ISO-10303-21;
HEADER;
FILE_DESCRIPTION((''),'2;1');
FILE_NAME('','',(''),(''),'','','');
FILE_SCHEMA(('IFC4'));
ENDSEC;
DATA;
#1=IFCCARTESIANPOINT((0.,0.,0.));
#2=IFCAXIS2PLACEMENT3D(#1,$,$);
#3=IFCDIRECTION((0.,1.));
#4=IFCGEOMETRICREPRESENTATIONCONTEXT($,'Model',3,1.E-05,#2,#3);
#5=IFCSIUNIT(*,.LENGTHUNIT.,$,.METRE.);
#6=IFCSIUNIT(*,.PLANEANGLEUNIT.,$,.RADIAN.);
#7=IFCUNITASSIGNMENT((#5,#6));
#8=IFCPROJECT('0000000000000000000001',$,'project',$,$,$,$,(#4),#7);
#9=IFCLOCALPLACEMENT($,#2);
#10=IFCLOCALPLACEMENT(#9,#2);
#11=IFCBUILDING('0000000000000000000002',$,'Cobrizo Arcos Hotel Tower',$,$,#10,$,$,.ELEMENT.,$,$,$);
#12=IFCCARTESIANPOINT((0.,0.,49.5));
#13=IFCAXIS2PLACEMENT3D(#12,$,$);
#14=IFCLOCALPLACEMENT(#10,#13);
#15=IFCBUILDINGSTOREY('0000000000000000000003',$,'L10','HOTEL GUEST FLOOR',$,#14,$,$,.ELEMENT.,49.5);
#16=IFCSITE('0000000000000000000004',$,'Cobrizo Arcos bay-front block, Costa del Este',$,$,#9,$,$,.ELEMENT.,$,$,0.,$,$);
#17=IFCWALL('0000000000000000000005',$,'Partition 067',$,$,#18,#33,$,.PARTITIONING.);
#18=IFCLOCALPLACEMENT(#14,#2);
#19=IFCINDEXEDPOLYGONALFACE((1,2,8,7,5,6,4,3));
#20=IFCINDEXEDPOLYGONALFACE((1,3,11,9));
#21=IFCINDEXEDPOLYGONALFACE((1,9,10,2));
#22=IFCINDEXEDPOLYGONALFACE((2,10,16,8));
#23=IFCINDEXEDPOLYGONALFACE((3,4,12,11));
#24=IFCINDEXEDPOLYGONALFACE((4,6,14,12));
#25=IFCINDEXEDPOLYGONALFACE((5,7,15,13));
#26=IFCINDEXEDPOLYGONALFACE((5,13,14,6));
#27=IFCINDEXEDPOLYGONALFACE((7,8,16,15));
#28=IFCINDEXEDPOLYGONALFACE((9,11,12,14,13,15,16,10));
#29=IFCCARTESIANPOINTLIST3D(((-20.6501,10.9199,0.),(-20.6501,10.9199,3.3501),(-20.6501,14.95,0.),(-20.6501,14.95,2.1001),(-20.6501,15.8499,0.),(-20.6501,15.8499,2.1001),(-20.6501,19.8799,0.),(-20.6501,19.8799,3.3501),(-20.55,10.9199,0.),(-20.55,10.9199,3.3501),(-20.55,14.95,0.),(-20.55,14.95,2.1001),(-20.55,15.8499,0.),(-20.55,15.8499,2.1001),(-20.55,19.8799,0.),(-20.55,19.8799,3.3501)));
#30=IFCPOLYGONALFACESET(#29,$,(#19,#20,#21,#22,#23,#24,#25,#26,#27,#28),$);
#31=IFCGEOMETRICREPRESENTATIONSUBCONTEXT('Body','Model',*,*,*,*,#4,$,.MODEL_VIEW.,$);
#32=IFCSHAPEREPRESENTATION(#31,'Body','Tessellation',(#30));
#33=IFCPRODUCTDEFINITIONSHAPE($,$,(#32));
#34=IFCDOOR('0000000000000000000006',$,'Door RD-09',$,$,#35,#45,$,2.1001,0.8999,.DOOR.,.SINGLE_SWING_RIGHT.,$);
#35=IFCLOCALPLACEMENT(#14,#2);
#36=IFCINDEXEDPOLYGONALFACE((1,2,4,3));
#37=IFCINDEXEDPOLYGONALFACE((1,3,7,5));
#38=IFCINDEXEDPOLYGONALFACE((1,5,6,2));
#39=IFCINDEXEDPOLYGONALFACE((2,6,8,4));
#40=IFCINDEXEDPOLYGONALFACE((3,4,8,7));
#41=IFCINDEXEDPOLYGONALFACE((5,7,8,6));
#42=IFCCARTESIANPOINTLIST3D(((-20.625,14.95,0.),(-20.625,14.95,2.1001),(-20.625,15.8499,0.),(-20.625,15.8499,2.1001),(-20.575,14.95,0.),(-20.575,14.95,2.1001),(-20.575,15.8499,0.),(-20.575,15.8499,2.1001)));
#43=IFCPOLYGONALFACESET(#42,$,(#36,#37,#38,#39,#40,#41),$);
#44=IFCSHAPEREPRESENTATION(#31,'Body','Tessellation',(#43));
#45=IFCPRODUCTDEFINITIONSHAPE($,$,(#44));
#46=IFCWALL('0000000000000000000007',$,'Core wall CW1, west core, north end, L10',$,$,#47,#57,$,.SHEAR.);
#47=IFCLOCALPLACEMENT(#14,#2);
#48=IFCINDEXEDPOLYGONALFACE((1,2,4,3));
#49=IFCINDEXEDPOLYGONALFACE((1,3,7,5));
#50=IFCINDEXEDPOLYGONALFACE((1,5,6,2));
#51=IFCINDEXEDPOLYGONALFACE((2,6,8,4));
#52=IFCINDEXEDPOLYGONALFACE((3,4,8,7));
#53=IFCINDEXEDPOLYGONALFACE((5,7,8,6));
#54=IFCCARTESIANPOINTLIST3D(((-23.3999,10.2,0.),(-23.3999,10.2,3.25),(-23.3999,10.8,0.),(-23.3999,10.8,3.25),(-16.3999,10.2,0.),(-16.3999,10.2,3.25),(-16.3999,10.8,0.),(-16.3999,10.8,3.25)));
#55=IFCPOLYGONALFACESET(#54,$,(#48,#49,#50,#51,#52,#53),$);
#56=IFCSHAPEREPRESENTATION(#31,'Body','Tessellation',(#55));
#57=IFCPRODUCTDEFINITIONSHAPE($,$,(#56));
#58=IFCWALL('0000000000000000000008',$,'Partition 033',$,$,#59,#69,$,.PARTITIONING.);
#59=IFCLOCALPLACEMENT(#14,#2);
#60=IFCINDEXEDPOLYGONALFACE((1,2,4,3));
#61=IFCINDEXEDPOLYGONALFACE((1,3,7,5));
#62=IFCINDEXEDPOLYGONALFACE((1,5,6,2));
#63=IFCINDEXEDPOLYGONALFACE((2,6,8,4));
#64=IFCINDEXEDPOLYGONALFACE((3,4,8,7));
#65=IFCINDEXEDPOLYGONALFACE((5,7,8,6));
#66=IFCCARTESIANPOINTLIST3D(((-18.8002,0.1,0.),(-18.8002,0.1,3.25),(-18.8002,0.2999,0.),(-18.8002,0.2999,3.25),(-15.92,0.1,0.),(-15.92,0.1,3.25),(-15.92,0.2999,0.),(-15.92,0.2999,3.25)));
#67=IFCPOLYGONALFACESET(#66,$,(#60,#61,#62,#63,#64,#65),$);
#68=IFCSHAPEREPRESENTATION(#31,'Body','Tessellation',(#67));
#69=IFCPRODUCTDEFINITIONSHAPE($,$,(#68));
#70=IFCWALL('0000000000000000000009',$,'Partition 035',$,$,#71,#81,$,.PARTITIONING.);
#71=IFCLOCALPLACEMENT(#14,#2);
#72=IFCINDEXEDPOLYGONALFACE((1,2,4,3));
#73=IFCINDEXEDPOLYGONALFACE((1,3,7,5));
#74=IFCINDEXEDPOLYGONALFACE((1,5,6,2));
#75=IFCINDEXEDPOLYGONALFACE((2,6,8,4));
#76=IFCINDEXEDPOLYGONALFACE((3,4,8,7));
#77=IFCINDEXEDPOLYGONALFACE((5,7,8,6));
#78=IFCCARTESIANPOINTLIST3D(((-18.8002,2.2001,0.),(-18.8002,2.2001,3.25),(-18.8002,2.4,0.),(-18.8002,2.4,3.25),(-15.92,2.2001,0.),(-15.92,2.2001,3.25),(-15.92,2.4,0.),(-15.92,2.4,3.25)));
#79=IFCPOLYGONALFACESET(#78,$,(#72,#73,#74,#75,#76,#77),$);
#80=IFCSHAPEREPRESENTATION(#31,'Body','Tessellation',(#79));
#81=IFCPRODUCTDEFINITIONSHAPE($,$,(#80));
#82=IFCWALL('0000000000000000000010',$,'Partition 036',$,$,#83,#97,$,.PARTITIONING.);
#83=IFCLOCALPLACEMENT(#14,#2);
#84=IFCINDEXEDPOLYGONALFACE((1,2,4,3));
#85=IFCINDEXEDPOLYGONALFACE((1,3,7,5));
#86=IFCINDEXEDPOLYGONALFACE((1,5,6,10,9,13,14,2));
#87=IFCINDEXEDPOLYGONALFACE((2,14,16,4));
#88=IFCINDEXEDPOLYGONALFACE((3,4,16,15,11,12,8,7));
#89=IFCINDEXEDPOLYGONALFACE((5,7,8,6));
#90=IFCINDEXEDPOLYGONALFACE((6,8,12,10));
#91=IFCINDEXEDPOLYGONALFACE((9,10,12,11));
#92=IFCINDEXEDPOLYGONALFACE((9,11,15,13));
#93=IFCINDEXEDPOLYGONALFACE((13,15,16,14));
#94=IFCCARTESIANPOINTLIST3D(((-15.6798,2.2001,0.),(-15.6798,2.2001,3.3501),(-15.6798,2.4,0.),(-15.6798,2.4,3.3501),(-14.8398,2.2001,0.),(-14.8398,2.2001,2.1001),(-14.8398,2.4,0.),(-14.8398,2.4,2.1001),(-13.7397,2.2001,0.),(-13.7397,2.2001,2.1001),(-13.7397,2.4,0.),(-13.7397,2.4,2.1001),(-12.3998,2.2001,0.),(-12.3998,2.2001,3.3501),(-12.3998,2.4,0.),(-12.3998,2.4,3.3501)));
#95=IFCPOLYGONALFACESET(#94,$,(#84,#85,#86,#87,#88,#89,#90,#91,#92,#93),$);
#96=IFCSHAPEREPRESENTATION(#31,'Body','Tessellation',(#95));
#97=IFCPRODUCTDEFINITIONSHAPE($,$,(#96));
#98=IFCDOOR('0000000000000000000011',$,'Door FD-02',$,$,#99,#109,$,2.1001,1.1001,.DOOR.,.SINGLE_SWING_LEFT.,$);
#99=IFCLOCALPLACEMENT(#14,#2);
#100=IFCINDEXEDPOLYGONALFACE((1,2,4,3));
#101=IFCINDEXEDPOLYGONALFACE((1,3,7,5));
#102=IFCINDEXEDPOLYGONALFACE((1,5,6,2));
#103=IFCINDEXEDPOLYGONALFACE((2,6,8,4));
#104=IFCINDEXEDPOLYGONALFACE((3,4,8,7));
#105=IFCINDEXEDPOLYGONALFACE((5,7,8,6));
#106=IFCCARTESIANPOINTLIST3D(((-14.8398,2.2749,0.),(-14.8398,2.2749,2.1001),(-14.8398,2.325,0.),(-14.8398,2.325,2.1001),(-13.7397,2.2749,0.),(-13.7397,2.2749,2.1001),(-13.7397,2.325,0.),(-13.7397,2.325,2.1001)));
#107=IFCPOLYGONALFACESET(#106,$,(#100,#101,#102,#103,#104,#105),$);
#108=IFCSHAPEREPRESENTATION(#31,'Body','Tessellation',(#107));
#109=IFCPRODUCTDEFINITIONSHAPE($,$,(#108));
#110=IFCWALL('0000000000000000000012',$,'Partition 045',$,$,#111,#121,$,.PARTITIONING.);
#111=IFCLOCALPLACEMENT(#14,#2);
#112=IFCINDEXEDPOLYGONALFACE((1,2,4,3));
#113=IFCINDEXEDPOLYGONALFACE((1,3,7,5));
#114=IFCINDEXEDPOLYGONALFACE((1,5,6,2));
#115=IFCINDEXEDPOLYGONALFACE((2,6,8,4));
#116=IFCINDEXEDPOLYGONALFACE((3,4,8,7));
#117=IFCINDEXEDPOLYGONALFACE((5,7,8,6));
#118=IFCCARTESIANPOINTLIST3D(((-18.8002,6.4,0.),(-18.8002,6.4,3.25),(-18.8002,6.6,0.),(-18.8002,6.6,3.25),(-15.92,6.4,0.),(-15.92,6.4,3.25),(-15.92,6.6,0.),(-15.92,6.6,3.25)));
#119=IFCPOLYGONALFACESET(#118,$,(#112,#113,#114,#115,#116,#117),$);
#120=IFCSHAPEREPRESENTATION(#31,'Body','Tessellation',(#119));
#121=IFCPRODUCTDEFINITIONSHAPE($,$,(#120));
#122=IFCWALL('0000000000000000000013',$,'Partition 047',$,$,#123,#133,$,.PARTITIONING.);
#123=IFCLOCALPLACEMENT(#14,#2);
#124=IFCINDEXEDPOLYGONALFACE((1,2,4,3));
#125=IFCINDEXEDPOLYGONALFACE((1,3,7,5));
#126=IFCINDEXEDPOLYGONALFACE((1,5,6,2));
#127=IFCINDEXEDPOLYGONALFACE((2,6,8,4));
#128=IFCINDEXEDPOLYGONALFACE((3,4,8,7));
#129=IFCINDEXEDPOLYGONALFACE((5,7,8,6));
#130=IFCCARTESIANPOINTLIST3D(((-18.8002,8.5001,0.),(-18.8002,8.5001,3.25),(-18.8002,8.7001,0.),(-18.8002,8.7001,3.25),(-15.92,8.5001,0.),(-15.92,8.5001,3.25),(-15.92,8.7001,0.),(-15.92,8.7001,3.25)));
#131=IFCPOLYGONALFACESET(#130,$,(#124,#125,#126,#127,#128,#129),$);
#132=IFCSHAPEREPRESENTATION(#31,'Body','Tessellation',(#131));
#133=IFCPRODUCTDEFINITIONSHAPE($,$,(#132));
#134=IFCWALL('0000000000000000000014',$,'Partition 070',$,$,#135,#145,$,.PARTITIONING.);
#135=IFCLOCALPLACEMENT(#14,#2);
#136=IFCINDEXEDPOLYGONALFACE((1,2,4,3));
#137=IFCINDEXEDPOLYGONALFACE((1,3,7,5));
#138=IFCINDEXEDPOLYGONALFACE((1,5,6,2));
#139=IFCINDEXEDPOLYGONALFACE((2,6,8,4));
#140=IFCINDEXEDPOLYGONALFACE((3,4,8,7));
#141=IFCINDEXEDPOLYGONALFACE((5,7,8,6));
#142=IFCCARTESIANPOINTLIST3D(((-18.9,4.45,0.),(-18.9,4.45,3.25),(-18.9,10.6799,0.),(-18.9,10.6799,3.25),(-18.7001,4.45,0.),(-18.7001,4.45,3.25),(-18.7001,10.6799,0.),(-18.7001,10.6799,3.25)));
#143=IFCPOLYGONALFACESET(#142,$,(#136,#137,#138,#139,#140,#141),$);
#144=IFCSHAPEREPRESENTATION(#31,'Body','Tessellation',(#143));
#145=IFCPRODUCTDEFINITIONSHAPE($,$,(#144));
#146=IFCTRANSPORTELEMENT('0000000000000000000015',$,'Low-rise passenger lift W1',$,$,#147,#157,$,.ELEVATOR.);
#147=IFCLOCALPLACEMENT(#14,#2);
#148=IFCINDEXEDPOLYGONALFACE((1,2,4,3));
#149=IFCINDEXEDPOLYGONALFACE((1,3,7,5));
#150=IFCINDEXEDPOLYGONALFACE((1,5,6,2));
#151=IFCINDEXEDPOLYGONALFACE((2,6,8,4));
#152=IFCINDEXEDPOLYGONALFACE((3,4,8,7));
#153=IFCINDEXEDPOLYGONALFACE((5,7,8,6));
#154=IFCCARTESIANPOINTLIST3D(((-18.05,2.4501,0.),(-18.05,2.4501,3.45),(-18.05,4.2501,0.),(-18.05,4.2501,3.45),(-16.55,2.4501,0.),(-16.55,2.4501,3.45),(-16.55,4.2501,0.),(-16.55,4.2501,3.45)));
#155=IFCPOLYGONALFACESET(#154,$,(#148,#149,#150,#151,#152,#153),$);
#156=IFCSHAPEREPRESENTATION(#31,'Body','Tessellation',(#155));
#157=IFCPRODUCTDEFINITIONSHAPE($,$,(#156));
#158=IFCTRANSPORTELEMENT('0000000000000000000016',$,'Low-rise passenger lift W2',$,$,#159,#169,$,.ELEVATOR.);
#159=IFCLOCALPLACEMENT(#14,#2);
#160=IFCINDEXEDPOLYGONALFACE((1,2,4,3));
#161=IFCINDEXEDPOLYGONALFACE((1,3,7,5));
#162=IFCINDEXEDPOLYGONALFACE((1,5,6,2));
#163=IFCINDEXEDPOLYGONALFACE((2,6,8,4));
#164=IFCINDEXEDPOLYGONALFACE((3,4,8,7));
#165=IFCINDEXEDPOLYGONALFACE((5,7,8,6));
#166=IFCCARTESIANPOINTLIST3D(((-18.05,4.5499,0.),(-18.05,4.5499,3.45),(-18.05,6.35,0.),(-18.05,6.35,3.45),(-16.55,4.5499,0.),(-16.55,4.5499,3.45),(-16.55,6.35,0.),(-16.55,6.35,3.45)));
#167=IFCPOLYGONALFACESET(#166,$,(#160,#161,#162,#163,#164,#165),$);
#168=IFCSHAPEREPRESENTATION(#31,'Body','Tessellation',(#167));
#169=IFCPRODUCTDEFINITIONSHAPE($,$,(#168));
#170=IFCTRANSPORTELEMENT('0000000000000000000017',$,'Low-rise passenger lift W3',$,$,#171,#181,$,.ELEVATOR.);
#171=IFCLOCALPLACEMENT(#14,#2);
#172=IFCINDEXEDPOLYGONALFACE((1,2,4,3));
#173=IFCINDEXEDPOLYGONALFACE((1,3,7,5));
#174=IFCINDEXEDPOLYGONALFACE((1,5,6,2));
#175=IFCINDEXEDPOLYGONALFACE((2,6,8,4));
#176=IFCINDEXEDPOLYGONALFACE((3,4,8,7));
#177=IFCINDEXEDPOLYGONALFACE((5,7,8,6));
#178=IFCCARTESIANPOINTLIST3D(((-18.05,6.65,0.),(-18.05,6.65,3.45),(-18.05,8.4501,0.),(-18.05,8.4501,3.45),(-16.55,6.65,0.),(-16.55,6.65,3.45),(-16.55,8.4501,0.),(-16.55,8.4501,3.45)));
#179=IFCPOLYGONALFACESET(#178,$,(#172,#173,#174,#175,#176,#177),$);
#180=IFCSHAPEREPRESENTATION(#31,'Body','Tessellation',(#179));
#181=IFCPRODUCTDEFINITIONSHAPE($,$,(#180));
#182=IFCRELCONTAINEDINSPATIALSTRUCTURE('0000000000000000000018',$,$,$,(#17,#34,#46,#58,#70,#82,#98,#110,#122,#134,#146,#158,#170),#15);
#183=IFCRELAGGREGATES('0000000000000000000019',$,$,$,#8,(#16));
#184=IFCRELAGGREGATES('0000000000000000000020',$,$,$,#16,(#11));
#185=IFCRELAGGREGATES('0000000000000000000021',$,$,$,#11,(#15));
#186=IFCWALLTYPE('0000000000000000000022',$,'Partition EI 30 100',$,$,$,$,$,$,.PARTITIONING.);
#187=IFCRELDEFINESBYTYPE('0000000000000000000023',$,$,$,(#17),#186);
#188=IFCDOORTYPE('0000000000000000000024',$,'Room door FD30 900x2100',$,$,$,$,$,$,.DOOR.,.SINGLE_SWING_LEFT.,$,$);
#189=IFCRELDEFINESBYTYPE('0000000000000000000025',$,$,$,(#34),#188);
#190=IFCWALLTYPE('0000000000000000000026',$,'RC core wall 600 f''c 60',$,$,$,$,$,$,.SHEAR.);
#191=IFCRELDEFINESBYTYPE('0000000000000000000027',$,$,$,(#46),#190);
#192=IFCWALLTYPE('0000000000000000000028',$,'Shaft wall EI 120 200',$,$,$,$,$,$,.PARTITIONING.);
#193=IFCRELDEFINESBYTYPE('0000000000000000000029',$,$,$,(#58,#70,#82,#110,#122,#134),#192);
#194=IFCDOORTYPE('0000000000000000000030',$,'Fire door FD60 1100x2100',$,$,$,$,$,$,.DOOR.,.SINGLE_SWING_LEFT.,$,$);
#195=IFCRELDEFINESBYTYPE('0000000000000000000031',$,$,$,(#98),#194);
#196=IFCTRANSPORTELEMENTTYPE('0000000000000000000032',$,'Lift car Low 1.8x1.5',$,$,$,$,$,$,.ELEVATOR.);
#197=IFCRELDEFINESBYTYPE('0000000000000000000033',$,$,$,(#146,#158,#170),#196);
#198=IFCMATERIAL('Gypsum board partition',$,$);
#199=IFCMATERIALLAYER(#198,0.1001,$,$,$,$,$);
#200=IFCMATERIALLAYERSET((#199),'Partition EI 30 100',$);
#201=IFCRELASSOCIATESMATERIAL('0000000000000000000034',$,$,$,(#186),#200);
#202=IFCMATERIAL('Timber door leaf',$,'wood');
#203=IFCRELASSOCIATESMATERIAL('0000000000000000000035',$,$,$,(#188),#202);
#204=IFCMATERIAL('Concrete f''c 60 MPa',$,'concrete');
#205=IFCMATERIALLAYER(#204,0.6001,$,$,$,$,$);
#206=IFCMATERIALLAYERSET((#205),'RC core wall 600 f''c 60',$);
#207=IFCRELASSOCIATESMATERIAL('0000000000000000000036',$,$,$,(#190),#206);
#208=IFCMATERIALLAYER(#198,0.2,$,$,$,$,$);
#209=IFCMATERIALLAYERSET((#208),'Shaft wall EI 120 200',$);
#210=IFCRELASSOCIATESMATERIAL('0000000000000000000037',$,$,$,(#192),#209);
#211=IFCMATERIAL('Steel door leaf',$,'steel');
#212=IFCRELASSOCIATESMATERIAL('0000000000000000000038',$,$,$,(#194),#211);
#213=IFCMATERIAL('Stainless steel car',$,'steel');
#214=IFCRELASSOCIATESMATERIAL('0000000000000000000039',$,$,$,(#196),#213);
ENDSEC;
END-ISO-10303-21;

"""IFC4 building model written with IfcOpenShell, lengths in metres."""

from ifc_helpers import new_model, si_unit, direction, frame, frame_2d, origin, origin_2d, place, context, subcontext, project, spatial, rectangle, extrude, material, layer, layer_set, type_object, element, fill, save


model = new_model("IFC4")

# Units and contexts
model_context = context("Model", 3, precision=1e-05, world=origin(), true_north=direction((0.0, 1.0)))
body_context = subcontext(model_context, "Body", "Model", "MODEL_VIEW")
ifc_project = project(units=[si_unit("LENGTHUNIT", "METRE"), si_unit("PLANEANGLEUNIT", "RADIAN")], contexts=[model_context])

# Site, building, storey
site_placement = place(None, origin())
site = spatial("IfcSite", under=ifc_project, at=site_placement, Name="Cobrizo Arcos bay-front block, Costa del Este", CompositionType="ELEMENT", RefElevation=0.0)
building_placement = place(site_placement, origin())
building = spatial("IfcBuilding", under=site, at=building_placement, Name="Cobrizo Arcos Hotel Tower", CompositionType="ELEMENT")
storey_placement = place(building_placement, frame((0.0, 0.0, 49.5)))
storey = spatial("IfcBuildingStorey", under=building, at=storey_placement, Name="L10", Description="HOTEL GUEST FLOOR", CompositionType="ELEMENT", Elevation=49.5)

# Shared definitions
ifc_material_1 = material(Name="Gypsum board partition")
ifc_material_2 = material(Name="Timber door leaf", Category="wood")

# Shared definitions
ifc_layer_1 = layer(ifc_material_1, 0.1001)
ifc_layer_set_1 = layer_set([ifc_layer_1], Name="Partition EI 30 100")
wall_type_1 = type_object("IfcWallType", Name="Partition EI 30 100", PredefinedType="PARTITIONING", material=ifc_layer_set_1)
door_type_1 = type_object("IfcDoorType", Name="Room door FD30 900x2100", OperationType="SINGLE_SWING_LEFT", PredefinedType="DOOR", material=ifc_material_2)

# Wall, opening, door
wall_1_placement = place(storey_placement, frame((-20.6001, 10.9199, 0.0), z_axis=(0.0, 0.0, 1.0), x_axis=(0.0, 1.0, 0.0)))
wall_1 = element("IfcWall", 1, at=wall_1_placement, inside=storey, type_object=wall_type_1, Name="Partition 067", PredefinedType="PARTITIONING", context=body_context, shape_type="SweptSolid", body=[
    extrude(rectangle(XDim=8.96, YDim=0.1001, at=frame_2d((4.48, 0.0))), origin(), (0.0, 0.0, 1.0), 3.3501),
])
opening_1_placement = place(wall_1_placement, frame((4.03, 0.0, 0.0)))
opening_1 = element("IfcOpeningElement", 2, at=opening_1_placement, cuts=wall_1, PredefinedType="OPENING", context=body_context, shape_type="SweptSolid", body=[
    extrude(rectangle(XDim=0.8999, YDim=2.1001, at=frame_2d((0.45, 1.05))), frame((0.0, 0.062, 0.0), z_axis=(0.0, -1.0, 0.0), x_axis=(1.0, 0.0, 0.0)), (0.0, 0.0, 1.0), 0.124),
])
door_1_placement = place(opening_1_placement, origin())
door_1 = element("IfcDoor", 3, at=door_1_placement, inside=storey, type_object=door_type_1, Name="Door RD-09", OperationType="SINGLE_SWING_RIGHT", OverallHeight=2.1001, OverallWidth=0.8999, PredefinedType="DOOR", context=body_context, shape_type="SweptSolid", body=[
    extrude(rectangle(XDim=0.8999, YDim=2.1001, at=frame_2d((0.45, 1.05))), frame((0.0, 0.0249, 0.0), z_axis=(0.0, -1.0, 0.0), x_axis=(1.0, 0.0, 0.0)), (0.0, 0.0, 1.0), 0.05),
])
fill(opening_1, door_1)

# Walls
ifc_material_3 = material(Name="Concrete f'c 60 MPa", Category="concrete")
ifc_layer_2 = layer(ifc_material_3, 0.6001)
ifc_layer_set_2 = layer_set([ifc_layer_2], Name="RC core wall 600 f'c 60")
wall_type_2 = type_object("IfcWallType", Name="RC core wall 600 f'c 60", PredefinedType="SHEAR", material=ifc_layer_set_2)
wall_2_placement = place(storey_placement, frame((-23.3999, 10.5, 0.0), z_axis=(0.0, 0.0, 1.0), x_axis=(1.0, 0.0, 0.0)))
element("IfcWall", 4, at=wall_2_placement, inside=storey, type_object=wall_type_2, Name="Core wall CW1, west core, north end, L10", PredefinedType="SHEAR", context=body_context, shape_type="SweptSolid", body=[
    extrude(rectangle(XDim=7.0, YDim=0.6001, at=frame_2d((3.5, 0.0))), origin(), (0.0, 0.0, 1.0), 3.25),
])
ifc_layer_3 = layer(ifc_material_1, 0.2)
ifc_layer_set_3 = layer_set([ifc_layer_3], Name="Shaft wall EI 120 200")
wall_type_3 = type_object("IfcWallType", Name="Shaft wall EI 120 200", PredefinedType="PARTITIONING", material=ifc_layer_set_3)
for number, where, z_axis, x_axis, name in (
    (5, (-18.8, 0.2, 0.0), (0.0, 0.0, 1.0), (1.0, 0.0, 0.0), "Partition 033"),
    (6, (-18.8, 2.3, 0.0), (0.0, 0.0, 1.0), (1.0, 0.0, 0.0), "Partition 035"),
):
    element("IfcWall", number, at=place(storey_placement, frame(where, z_axis=z_axis, x_axis=x_axis)), inside=storey, type_object=wall_type_3, Name=name, PredefinedType="PARTITIONING", context=body_context, shape_type="SweptSolid", body=[
        extrude(rectangle(XDim=2.8801, YDim=0.2, at=frame_2d((1.4399, 0.0))), origin(), (0.0, 0.0, 1.0), 3.25),
    ])

# Wall, opening, door
wall_3_placement = place(storey_placement, frame((-15.6799, 2.3, 0.0), z_axis=(0.0, 0.0, 1.0), x_axis=(1.0, 0.0, 0.0)))
wall_3 = element("IfcWall", 7, at=wall_3_placement, inside=storey, type_object=wall_type_3, Name="Partition 036", PredefinedType="PARTITIONING", context=body_context, shape_type="SweptSolid", body=[
    extrude(rectangle(XDim=3.28, YDim=0.2, at=frame_2d((1.6401, 0.0))), origin(), (0.0, 0.0, 1.0), 3.3501),
])
opening_2_placement = place(wall_3_placement, frame((0.8401, 0.0, 0.0)))
opening_2 = element("IfcOpeningElement", 8, at=opening_2_placement, cuts=wall_3, PredefinedType="OPENING", context=body_context, shape_type="SweptSolid", body=[
    extrude(rectangle(XDim=1.1001, YDim=2.1001, at=frame_2d((0.55, 1.05))), frame((0.0, 0.1121, 0.0), z_axis=(0.0, -1.0, 0.0), x_axis=(1.0, 0.0, 0.0)), (0.0, 0.0, 1.0), 0.2239),
])
ifc_material_4 = material(Name="Steel door leaf", Category="steel")
door_type_2 = type_object("IfcDoorType", Name="Fire door FD60 1100x2100", OperationType="SINGLE_SWING_LEFT", PredefinedType="DOOR", material=ifc_material_4)
door_2_placement = place(opening_2_placement, origin())
door_2 = element("IfcDoor", 9, at=door_2_placement, inside=storey, type_object=door_type_2, Name="Door FD-02", OperationType="SINGLE_SWING_LEFT", OverallHeight=2.1001, OverallWidth=1.1001, PredefinedType="DOOR", context=body_context, shape_type="SweptSolid", body=[
    extrude(rectangle(XDim=1.1001, YDim=2.1001, at=frame_2d((0.55, 1.05))), frame((0.0, 0.0249, 0.0), z_axis=(0.0, -1.0, 0.0), x_axis=(1.0, 0.0, 0.0)), (0.0, 0.0, 1.0), 0.05),
])
fill(opening_2, door_2)

# Walls
for number, where, z_axis, x_axis, name in (
    (10, (-18.8, 6.5, 0.0), (0.0, 0.0, 1.0), (1.0, 0.0, 0.0), "Partition 045"),
    (11, (-18.8, 8.6001, 0.0), (0.0, 0.0, 1.0), (1.0, 0.0, 0.0), "Partition 047"),
):
    element("IfcWall", number, at=place(storey_placement, frame(where, z_axis=z_axis, x_axis=x_axis)), inside=storey, type_object=wall_type_3, Name=name, PredefinedType="PARTITIONING", context=body_context, shape_type="SweptSolid", body=[
        extrude(rectangle(XDim=2.8801, YDim=0.2, at=frame_2d((1.4399, 0.0))), origin(), (0.0, 0.0, 1.0), 3.25),
    ])
wall_4_placement = place(storey_placement, frame((-18.8, 4.45, 0.0), z_axis=(0.0, 0.0, 1.0), x_axis=(0.0, 1.0, 0.0)))
element("IfcWall", 12, at=wall_4_placement, inside=storey, type_object=wall_type_3, Name="Partition 070", PredefinedType="PARTITIONING", context=body_context, shape_type="SweptSolid", body=[
    extrude(rectangle(XDim=6.23, YDim=0.2, at=frame_2d((3.115, 0.0))), origin(), (0.0, 0.0, 1.0), 3.25),
])

# Transport elements
ifc_material_5 = material(Name="Stainless steel car", Category="steel")
transport_element_type = type_object("IfcTransportElementType", Name="Lift car Low 1.8x1.5", PredefinedType="ELEVATOR", material=ifc_material_5)
for number, where, z_axis, x_axis, name in (
    (13, (-17.3, 3.3501, 0.0), (0.0, 0.0, 1.0), (1.0, 0.0, 0.0), "Low-rise passenger lift W1"),
    (14, (-17.3, 5.45, 0.0), (0.0, 0.0, 1.0), (1.0, 0.0, 0.0), "Low-rise passenger lift W2"),
    (15, (-17.3, 7.55, 0.0), (0.0, 0.0, 1.0), (1.0, 0.0, 0.0), "Low-rise passenger lift W3"),
):
    element("IfcTransportElement", number, at=place(storey_placement, frame(where, z_axis=z_axis, x_axis=x_axis)), inside=storey, type_object=transport_element_type, Name=name, PredefinedType="ELEVATOR", context=body_context, shape_type="SweptSolid", body=[
        extrude(rectangle(XDim=1.5, YDim=1.8, at=origin_2d()), origin(), (0.0, 0.0, 1.0), 3.45),
    ])

save(model, "model.ifc")
